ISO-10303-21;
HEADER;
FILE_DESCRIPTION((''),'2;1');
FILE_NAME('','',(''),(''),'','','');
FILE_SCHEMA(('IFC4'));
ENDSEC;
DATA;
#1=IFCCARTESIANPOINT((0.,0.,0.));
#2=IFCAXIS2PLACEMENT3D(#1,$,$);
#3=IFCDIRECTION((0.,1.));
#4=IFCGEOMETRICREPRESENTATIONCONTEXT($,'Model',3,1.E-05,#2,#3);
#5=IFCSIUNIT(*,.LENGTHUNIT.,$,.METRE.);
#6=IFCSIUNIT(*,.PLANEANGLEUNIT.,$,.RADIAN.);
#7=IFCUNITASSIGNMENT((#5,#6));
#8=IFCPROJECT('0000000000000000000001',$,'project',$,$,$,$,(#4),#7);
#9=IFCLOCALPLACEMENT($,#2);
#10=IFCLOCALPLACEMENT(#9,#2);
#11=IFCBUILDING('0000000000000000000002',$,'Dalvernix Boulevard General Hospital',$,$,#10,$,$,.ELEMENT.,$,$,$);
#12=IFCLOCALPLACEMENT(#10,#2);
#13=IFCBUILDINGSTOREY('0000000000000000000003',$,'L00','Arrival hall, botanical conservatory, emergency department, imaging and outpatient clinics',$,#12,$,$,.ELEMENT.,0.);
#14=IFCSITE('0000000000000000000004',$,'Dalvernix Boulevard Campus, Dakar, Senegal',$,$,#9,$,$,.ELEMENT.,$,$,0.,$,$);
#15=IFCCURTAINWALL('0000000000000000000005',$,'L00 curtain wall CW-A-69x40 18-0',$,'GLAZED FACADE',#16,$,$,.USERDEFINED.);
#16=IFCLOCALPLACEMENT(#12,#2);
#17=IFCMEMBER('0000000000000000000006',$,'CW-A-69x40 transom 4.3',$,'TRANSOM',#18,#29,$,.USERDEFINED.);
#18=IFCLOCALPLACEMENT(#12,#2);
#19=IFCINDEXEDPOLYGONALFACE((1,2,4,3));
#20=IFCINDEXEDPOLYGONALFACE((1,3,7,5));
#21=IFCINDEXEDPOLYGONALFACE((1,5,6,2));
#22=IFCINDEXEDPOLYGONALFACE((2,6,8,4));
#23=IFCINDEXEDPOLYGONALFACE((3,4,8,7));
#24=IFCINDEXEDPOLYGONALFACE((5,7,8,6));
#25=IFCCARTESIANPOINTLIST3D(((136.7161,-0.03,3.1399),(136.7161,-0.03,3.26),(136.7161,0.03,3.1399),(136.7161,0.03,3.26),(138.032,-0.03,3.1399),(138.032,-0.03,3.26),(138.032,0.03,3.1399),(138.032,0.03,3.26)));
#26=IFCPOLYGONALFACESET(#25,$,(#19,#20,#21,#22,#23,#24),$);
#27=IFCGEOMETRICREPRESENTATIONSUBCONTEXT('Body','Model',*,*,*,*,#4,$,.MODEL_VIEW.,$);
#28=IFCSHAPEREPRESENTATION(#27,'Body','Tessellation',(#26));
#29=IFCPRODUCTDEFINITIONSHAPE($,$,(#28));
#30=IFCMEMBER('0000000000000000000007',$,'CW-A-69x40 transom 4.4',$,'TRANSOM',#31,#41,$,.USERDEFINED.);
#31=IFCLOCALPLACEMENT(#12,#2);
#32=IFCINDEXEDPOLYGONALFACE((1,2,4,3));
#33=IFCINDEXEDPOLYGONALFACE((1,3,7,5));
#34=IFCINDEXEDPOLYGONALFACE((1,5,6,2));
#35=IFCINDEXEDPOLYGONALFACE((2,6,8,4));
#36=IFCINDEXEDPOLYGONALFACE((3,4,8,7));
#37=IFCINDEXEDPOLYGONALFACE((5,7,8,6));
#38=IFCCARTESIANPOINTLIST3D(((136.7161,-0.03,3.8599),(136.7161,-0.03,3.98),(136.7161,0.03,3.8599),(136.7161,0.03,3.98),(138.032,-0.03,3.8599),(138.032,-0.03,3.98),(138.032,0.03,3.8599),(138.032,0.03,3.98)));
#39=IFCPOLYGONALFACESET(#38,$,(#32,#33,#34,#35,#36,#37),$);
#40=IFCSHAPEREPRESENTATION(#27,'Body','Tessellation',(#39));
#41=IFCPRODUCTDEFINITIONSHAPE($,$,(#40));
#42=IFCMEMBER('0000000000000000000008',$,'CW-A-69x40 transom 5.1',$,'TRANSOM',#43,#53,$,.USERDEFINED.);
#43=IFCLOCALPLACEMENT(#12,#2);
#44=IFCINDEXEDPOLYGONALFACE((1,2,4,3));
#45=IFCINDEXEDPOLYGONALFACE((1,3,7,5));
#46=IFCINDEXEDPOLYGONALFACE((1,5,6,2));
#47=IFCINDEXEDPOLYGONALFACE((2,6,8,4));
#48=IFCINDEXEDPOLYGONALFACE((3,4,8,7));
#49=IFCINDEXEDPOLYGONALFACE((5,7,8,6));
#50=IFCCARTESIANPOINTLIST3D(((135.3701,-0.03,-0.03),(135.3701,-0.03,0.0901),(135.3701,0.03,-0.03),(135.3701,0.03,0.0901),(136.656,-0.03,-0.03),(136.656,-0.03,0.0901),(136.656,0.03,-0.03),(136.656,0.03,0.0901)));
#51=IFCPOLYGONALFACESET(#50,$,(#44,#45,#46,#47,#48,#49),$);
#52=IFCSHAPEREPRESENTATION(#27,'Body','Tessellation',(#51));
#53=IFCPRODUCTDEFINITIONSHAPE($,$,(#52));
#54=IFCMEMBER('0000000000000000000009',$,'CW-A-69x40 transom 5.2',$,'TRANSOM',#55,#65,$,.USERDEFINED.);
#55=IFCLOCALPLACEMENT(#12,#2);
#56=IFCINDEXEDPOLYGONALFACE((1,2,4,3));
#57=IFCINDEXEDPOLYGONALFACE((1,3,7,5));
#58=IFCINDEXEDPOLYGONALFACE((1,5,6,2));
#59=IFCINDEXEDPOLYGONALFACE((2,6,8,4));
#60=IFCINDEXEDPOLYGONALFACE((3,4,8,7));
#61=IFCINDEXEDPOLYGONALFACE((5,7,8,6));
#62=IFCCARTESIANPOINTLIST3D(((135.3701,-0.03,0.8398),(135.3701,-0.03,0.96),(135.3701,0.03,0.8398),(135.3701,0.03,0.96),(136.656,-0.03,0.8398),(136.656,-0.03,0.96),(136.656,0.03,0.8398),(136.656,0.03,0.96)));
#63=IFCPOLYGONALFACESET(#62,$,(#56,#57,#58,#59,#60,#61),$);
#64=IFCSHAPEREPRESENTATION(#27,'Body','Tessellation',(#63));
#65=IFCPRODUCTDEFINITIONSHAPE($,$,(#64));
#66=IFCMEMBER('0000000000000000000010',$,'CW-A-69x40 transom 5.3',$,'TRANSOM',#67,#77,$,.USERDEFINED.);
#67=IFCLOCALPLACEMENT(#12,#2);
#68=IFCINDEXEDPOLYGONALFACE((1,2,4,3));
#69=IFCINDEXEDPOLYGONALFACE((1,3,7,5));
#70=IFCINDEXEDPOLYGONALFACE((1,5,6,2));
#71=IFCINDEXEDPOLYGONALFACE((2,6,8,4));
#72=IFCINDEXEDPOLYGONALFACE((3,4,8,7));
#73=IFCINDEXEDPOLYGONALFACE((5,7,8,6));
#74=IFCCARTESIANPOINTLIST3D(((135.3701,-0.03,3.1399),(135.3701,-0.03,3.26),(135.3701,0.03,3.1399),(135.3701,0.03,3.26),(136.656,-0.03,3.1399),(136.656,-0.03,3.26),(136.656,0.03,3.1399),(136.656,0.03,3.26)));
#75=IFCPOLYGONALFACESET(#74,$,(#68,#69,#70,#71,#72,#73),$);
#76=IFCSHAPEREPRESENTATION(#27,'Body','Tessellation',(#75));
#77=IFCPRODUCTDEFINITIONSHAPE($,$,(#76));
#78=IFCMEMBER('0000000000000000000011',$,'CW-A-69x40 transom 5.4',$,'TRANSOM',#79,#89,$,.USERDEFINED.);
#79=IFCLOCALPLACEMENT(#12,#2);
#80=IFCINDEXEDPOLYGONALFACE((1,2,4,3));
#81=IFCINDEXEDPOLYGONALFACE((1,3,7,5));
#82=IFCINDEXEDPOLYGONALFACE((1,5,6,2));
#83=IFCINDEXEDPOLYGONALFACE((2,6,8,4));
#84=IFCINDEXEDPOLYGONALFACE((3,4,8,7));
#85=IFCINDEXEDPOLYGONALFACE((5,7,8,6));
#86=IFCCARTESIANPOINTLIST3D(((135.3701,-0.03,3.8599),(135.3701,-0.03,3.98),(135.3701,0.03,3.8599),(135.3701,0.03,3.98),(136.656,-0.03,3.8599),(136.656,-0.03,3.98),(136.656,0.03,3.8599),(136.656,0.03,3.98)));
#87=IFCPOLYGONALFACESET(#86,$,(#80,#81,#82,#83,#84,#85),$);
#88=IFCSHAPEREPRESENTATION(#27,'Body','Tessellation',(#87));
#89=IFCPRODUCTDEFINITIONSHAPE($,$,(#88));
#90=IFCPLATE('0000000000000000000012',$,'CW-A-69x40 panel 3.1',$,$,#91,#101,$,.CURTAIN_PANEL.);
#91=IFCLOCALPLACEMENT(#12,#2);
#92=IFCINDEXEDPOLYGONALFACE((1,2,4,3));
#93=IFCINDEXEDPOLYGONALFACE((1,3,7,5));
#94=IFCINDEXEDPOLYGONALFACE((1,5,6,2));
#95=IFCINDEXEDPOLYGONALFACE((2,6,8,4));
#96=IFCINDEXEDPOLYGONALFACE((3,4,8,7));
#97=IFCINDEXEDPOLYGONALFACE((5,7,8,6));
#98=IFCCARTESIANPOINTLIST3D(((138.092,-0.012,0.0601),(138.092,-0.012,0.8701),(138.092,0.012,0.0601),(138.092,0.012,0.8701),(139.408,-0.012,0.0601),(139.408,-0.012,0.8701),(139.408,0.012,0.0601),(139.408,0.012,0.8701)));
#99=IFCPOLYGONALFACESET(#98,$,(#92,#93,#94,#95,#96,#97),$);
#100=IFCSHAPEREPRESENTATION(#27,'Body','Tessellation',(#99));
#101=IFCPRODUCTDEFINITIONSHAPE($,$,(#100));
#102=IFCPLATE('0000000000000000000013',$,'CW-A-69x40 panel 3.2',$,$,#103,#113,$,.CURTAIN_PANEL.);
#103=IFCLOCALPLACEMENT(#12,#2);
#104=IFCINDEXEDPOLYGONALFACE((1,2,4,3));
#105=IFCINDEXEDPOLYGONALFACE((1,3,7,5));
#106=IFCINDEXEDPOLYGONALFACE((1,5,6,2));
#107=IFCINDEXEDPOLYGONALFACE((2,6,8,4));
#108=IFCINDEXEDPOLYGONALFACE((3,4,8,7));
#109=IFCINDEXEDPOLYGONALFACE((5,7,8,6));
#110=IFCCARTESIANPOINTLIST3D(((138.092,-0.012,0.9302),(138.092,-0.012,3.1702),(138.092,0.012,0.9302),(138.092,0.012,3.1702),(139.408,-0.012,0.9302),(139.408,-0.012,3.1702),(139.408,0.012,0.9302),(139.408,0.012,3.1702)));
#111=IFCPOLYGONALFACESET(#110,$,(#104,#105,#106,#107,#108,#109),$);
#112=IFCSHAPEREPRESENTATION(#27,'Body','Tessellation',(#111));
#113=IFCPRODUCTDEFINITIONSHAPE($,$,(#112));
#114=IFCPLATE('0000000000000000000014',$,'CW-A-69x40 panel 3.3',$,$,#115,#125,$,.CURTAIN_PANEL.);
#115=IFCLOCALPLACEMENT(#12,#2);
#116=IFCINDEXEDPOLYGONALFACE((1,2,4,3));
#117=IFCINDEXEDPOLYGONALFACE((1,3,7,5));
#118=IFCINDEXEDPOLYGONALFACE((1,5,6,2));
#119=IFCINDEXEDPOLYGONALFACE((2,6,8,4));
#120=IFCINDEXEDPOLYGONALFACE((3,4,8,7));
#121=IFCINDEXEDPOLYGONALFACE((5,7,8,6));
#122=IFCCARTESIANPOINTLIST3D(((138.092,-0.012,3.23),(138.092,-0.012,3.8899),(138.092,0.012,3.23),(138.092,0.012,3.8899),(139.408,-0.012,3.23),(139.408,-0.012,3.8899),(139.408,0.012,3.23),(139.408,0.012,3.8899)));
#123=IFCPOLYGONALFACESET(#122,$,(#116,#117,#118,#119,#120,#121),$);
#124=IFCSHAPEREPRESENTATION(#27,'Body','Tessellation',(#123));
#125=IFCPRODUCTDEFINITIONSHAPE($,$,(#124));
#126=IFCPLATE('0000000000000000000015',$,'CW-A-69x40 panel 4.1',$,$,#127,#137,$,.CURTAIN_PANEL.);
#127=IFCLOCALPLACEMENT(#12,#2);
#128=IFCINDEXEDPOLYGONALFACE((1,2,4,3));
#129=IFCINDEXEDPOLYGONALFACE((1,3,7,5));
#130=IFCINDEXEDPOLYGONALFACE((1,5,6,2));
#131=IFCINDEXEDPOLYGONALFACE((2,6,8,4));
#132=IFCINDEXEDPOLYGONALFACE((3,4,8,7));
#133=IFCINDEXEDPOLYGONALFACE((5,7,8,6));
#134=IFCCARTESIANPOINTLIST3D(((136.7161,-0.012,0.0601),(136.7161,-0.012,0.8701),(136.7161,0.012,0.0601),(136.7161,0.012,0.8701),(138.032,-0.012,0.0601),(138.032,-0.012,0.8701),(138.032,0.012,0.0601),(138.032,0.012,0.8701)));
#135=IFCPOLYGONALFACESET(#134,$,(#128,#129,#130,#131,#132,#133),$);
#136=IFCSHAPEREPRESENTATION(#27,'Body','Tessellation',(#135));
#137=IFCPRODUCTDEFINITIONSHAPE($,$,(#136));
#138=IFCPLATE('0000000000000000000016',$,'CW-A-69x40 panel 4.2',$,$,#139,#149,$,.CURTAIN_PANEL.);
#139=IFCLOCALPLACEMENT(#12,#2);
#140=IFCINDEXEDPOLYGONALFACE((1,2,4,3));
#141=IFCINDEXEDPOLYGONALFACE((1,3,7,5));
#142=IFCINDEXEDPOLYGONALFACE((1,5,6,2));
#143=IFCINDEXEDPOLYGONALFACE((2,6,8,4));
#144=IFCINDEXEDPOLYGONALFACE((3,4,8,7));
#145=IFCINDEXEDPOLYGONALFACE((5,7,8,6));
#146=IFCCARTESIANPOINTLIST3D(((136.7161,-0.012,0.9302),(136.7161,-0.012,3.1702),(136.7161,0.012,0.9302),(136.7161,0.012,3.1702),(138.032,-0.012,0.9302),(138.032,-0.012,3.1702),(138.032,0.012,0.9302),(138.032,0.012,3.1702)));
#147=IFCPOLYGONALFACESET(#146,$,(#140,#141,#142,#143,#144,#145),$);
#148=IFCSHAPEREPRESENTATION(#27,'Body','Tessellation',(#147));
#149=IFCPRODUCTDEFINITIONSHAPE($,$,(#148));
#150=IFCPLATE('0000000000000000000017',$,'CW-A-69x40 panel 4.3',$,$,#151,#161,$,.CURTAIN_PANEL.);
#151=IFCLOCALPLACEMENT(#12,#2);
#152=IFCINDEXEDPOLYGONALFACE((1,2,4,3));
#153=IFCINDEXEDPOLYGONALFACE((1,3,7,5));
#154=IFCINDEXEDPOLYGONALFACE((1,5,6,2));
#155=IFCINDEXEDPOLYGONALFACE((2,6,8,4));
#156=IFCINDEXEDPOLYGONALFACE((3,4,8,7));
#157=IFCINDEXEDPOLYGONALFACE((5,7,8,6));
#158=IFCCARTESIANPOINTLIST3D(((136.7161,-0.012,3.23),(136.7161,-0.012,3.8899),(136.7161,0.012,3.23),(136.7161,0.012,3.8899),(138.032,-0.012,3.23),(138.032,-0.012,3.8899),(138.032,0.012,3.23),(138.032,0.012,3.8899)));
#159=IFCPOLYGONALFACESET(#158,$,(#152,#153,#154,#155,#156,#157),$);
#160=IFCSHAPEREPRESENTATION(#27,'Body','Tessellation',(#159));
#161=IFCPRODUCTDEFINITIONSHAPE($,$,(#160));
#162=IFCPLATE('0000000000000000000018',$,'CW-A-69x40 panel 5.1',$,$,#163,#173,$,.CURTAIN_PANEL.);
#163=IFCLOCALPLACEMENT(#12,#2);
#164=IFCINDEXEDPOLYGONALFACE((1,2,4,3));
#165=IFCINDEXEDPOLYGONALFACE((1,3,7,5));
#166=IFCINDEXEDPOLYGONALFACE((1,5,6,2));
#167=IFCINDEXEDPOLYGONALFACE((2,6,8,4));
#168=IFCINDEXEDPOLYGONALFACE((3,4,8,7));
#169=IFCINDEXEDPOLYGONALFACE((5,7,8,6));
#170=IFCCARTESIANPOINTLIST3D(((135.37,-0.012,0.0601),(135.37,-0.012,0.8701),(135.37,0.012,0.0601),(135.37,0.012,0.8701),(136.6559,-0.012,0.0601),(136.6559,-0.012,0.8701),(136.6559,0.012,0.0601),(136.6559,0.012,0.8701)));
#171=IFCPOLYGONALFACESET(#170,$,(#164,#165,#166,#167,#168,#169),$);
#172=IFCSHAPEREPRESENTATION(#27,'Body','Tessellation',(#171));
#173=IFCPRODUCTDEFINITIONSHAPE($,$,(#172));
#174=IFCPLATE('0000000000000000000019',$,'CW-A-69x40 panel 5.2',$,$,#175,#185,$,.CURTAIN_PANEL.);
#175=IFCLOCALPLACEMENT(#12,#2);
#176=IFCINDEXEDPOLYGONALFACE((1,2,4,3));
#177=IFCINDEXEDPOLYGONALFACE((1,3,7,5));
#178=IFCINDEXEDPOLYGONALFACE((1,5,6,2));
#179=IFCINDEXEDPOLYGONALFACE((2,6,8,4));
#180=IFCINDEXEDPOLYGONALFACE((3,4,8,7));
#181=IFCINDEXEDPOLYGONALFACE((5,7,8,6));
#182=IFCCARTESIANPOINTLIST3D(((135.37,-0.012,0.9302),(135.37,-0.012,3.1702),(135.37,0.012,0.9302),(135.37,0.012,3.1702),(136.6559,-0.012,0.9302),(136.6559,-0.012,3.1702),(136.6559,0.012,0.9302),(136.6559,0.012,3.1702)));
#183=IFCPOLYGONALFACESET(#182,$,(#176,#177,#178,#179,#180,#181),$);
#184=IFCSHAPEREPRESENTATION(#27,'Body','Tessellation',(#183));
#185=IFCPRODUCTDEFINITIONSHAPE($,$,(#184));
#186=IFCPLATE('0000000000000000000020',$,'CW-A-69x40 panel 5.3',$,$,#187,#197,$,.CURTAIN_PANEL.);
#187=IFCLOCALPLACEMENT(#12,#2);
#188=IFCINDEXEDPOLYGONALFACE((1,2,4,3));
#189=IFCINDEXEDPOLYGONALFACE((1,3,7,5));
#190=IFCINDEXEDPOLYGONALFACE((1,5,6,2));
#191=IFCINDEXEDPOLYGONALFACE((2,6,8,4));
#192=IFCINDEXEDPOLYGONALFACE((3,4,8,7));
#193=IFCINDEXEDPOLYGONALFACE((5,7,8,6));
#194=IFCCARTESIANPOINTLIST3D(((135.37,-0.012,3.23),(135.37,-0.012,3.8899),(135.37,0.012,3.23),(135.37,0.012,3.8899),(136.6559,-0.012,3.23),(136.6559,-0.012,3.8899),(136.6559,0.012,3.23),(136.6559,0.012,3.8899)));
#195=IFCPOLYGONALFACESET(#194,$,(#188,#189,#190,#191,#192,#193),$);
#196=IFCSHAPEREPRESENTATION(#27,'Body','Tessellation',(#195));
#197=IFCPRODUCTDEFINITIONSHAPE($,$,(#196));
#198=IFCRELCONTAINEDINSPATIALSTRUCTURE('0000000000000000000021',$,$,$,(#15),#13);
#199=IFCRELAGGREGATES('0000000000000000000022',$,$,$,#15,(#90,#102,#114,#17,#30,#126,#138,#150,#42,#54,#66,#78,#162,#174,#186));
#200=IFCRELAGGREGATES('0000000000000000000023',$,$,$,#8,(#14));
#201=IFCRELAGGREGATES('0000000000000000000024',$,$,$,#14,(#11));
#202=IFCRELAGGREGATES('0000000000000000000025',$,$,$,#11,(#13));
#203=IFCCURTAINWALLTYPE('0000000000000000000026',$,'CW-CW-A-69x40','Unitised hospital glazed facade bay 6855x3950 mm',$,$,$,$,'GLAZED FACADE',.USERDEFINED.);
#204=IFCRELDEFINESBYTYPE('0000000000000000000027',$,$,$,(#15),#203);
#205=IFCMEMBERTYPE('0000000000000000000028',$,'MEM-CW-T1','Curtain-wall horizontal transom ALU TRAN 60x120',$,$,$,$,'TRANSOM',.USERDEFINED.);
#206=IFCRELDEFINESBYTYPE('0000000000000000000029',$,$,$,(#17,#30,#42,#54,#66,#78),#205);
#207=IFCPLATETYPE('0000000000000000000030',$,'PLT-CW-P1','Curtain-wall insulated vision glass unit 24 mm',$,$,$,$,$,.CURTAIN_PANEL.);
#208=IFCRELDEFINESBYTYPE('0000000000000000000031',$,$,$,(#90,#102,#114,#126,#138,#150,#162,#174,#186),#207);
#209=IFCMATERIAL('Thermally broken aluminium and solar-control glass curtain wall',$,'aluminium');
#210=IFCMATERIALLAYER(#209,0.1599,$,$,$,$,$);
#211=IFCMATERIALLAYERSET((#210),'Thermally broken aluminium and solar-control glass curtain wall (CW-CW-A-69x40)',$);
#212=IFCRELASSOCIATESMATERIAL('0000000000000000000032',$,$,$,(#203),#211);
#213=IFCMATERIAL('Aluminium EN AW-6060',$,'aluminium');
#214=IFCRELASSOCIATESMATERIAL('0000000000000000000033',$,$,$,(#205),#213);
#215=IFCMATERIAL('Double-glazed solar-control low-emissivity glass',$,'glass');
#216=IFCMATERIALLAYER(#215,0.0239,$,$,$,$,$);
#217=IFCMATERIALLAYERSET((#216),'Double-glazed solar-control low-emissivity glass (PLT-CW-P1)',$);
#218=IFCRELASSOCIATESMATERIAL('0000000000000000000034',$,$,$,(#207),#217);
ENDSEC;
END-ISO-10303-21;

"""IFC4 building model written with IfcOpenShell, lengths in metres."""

from ifc_helpers import new_model, si_unit, direction, frame, origin, origin_2d, place, context, subcontext, project, spatial, rectangle, extrude, material, layer, layer_set, material_profile, profile_set, type_object, element, aggregate, save


model = new_model("IFC4")

# Units and contexts
model_context = context("Model", 3, precision=1e-05, world=origin(), true_north=direction((0.0, 1.0)))
body_context = subcontext(model_context, "Body", "Model", "MODEL_VIEW")
ifc_project = project(units=[si_unit("LENGTHUNIT", "METRE"), si_unit("PLANEANGLEUNIT", "RADIAN")], contexts=[model_context])

# Site, building, storey
site_placement = place(None, origin())
site = spatial("IfcSite", under=ifc_project, at=site_placement, Name="Dalvernix Boulevard Campus, Dakar, Senegal", CompositionType="ELEMENT", RefElevation=0.0)
building_placement = place(site_placement, origin())
building = spatial("IfcBuilding", under=site, at=building_placement, Name="Dalvernix Boulevard General Hospital", CompositionType="ELEMENT")
storey_placement = place(building_placement, origin())
storey = spatial("IfcBuildingStorey", under=building, at=storey_placement, Name="L00", Description="Arrival hall, botanical conservatory, emergency department, imaging and outpatient clinics", CompositionType="ELEMENT", Elevation=0.0)

# Curtain wall, members, plates
ifc_material_1 = material(Name="Thermally broken aluminium and solar-control glass curtain wall", Category="aluminium")
ifc_layer_1 = layer(ifc_material_1, 0.1599)
ifc_layer_set_1 = layer_set([ifc_layer_1], Name="Thermally broken aluminium and solar-control glass curtain wall (CW-CW-A-69x40)")
curtain_wall_type = type_object("IfcCurtainWallType", Name="CW-CW-A-69x40", Description="Unitised hospital glazed facade bay 6855x3950 mm", ElementType="GLAZED FACADE", PredefinedType="USERDEFINED", material=ifc_layer_set_1)
curtain_wall_placement = place(storey_placement, origin())
curtain_wall = element("IfcCurtainWall", 1, at=curtain_wall_placement, inside=storey, type_object=curtain_wall_type, Name="L00 curtain wall CW-A-69x40 18-0", ObjectType="GLAZED FACADE", PredefinedType="USERDEFINED")
ifc_material_2 = material(Name="Aluminium EN AW-6060", Category="aluminium")
ifc_material_profile_1 = material_profile(ifc_material_2, rectangle(XDim=0.0601, YDim=0.1201, at=origin_2d()), Name="ALU TRAN 60x120")
ifc_profile_set_1 = profile_set([ifc_material_profile_1], Name="Aluminium EN AW-6060")
member_type_1 = type_object("IfcMemberType", Name="MEM-CW-T1", Description="Curtain-wall horizontal transom ALU TRAN 60x120", ElementType="TRANSOM", PredefinedType="USERDEFINED", material=ifc_profile_set_1)
member_1_placement = place(storey_placement, frame((138.032, 0.0, 3.2), z_axis=(-1.0, 0.0, 0.0), x_axis=(0.0, -1.0, 0.0)))
member_1 = element("IfcMember", 2, at=member_1_placement, type_object=member_type_1, Name="CW-A-69x40 transom 4.3", ObjectType="TRANSOM", PredefinedType="USERDEFINED", context=body_context, shape_type="SweptSolid", body=[
    extrude(rectangle(XDim=0.0601, YDim=0.1201, at=origin_2d()), origin(), (0.0, 0.0, 1.0), 1.3159),
])
member_2_placement = place(storey_placement, frame((138.032, 0.0, 3.9199), z_axis=(-1.0, 0.0, 0.0), x_axis=(0.0, -1.0, 0.0)))
member_2 = element("IfcMember", 3, at=member_2_placement, type_object=member_type_1, Name="CW-A-69x40 transom 4.4", ObjectType="TRANSOM", PredefinedType="USERDEFINED", context=body_context, shape_type="SweptSolid", body=[
    extrude(rectangle(XDim=0.0601, YDim=0.1201, at=origin_2d()), origin(), (0.0, 0.0, 1.0), 1.3159),
])
member_3_placement = place(storey_placement, frame((136.656, 0.0, 0.03), z_axis=(-1.0, 0.0, 0.0), x_axis=(0.0, -1.0, 0.0)))
member_3 = element("IfcMember", 4, at=member_3_placement, type_object=member_type_1, Name="CW-A-69x40 transom 5.1", ObjectType="TRANSOM", PredefinedType="USERDEFINED", context=body_context, shape_type="SweptSolid", body=[
    extrude(rectangle(XDim=0.0601, YDim=0.1201, at=origin_2d()), origin(), (0.0, 0.0, 1.0), 1.2859),
])
member_4_placement = place(storey_placement, frame((136.656, 0.0, 0.8999), z_axis=(-1.0, 0.0, 0.0), x_axis=(0.0, -1.0, 0.0)))
member_4 = element("IfcMember", 5, at=member_4_placement, type_object=member_type_1, Name="CW-A-69x40 transom 5.2", ObjectType="TRANSOM", PredefinedType="USERDEFINED", context=body_context, shape_type="SweptSolid", body=[
    extrude(rectangle(XDim=0.0601, YDim=0.1201, at=origin_2d()), origin(), (0.0, 0.0, 1.0), 1.2859),
])
member_5_placement = place(storey_placement, frame((136.656, 0.0, 3.2), z_axis=(-1.0, 0.0, 0.0), x_axis=(0.0, -1.0, 0.0)))
member_5 = element("IfcMember", 6, at=member_5_placement, type_object=member_type_1, Name="CW-A-69x40 transom 5.3", ObjectType="TRANSOM", PredefinedType="USERDEFINED", context=body_context, shape_type="SweptSolid", body=[
    extrude(rectangle(XDim=0.0601, YDim=0.1201, at=origin_2d()), origin(), (0.0, 0.0, 1.0), 1.2859),
])
member_6_placement = place(storey_placement, frame((136.656, 0.0, 3.9199), z_axis=(-1.0, 0.0, 0.0), x_axis=(0.0, -1.0, 0.0)))
member_6 = element("IfcMember", 7, at=member_6_placement, type_object=member_type_1, Name="CW-A-69x40 transom 5.4", ObjectType="TRANSOM", PredefinedType="USERDEFINED", context=body_context, shape_type="SweptSolid", body=[
    extrude(rectangle(XDim=0.0601, YDim=0.1201, at=origin_2d()), origin(), (0.0, 0.0, 1.0), 1.2859),
])
ifc_material_3 = material(Name="Double-glazed solar-control low-emissivity glass", Category="glass")
ifc_layer_2 = layer(ifc_material_3, 0.0239)
ifc_layer_set_2 = layer_set([ifc_layer_2], Name="Double-glazed solar-control low-emissivity glass (PLT-CW-P1)")
plate_type = type_object("IfcPlateType", Name="PLT-CW-P1", Description="Curtain-wall insulated vision glass unit 24 mm", PredefinedType="CURTAIN_PANEL", material=ifc_layer_set_2)
plate_1_placement = place(storey_placement, frame((138.75, 0.0, 0.0601), z_axis=(0.0, 0.0, 1.0), x_axis=(-1.0, 0.0, 0.0)))
plate_1 = element("IfcPlate", 8, at=plate_1_placement, type_object=plate_type, Name="CW-A-69x40 panel 3.1", PredefinedType="CURTAIN_PANEL", context=body_context, shape_type="SweptSolid", body=[
    extrude(rectangle(XDim=1.3159, YDim=0.0239, at=origin_2d()), origin(), (0.0, 0.0, 1.0), 0.8101),
])
plate_2_placement = place(storey_placement, frame((138.75, 0.0, 0.9302), z_axis=(0.0, 0.0, 1.0), x_axis=(-1.0, 0.0, 0.0)))
plate_2 = element("IfcPlate", 9, at=plate_2_placement, type_object=plate_type, Name="CW-A-69x40 panel 3.2", PredefinedType="CURTAIN_PANEL", context=body_context, shape_type="SweptSolid", body=[
    extrude(rectangle(XDim=1.3159, YDim=0.0239, at=origin_2d()), origin(), (0.0, 0.0, 1.0), 2.24),
])
plate_3_placement = place(storey_placement, frame((138.75, 0.0, 3.23), z_axis=(0.0, 0.0, 1.0), x_axis=(-1.0, 0.0, 0.0)))
plate_3 = element("IfcPlate", 10, at=plate_3_placement, type_object=plate_type, Name="CW-A-69x40 panel 3.3", PredefinedType="CURTAIN_PANEL", context=body_context, shape_type="SweptSolid", body=[
    extrude(rectangle(XDim=1.3159, YDim=0.0239, at=origin_2d()), origin(), (0.0, 0.0, 1.0), 0.6599),
])
plate_4_placement = place(storey_placement, frame((137.374, 0.0, 0.0601), z_axis=(0.0, 0.0, 1.0), x_axis=(-1.0, 0.0, 0.0)))
plate_4 = element("IfcPlate", 11, at=plate_4_placement, type_object=plate_type, Name="CW-A-69x40 panel 4.1", PredefinedType="CURTAIN_PANEL", context=body_context, shape_type="SweptSolid", body=[
    extrude(rectangle(XDim=1.3159, YDim=0.0239, at=origin_2d()), origin(), (0.0, 0.0, 1.0), 0.8101),
])
plate_5_placement = place(storey_placement, frame((137.374, 0.0, 0.9302), z_axis=(0.0, 0.0, 1.0), x_axis=(-1.0, 0.0, 0.0)))
plate_5 = element("IfcPlate", 12, at=plate_5_placement, type_object=plate_type, Name="CW-A-69x40 panel 4.2", PredefinedType="CURTAIN_PANEL", context=body_context, shape_type="SweptSolid", body=[
    extrude(rectangle(XDim=1.3159, YDim=0.0239, at=origin_2d()), origin(), (0.0, 0.0, 1.0), 2.24),
])
plate_6_placement = place(storey_placement, frame((137.374, 0.0, 3.23), z_axis=(0.0, 0.0, 1.0), x_axis=(-1.0, 0.0, 0.0)))
plate_6 = element("IfcPlate", 13, at=plate_6_placement, type_object=plate_type, Name="CW-A-69x40 panel 4.3", PredefinedType="CURTAIN_PANEL", context=body_context, shape_type="SweptSolid", body=[
    extrude(rectangle(XDim=1.3159, YDim=0.0239, at=origin_2d()), origin(), (0.0, 0.0, 1.0), 0.6599),
])
plate_7_placement = place(storey_placement, frame((136.0129, 0.0, 0.0601), z_axis=(0.0, 0.0, 1.0), x_axis=(-1.0, 0.0, 0.0)))
plate_7 = element("IfcPlate", 14, at=plate_7_placement, type_object=plate_type, Name="CW-A-69x40 panel 5.1", PredefinedType="CURTAIN_PANEL", context=body_context, shape_type="SweptSolid", body=[
    extrude(rectangle(XDim=1.2859, YDim=0.0239, at=origin_2d()), origin(), (0.0, 0.0, 1.0), 0.8101),
])
plate_8_placement = place(storey_placement, frame((136.0129, 0.0, 0.9302), z_axis=(0.0, 0.0, 1.0), x_axis=(-1.0, 0.0, 0.0)))
plate_8 = element("IfcPlate", 15, at=plate_8_placement, type_object=plate_type, Name="CW-A-69x40 panel 5.2", PredefinedType="CURTAIN_PANEL", context=body_context, shape_type="SweptSolid", body=[
    extrude(rectangle(XDim=1.2859, YDim=0.0239, at=origin_2d()), origin(), (0.0, 0.0, 1.0), 2.24),
])
plate_9_placement = place(storey_placement, frame((136.0129, 0.0, 3.23), z_axis=(0.0, 0.0, 1.0), x_axis=(-1.0, 0.0, 0.0)))
plate_9 = element("IfcPlate", 16, at=plate_9_placement, type_object=plate_type, Name="CW-A-69x40 panel 5.3", PredefinedType="CURTAIN_PANEL", context=body_context, shape_type="SweptSolid", body=[
    extrude(rectangle(XDim=1.2859, YDim=0.0239, at=origin_2d()), origin(), (0.0, 0.0, 1.0), 0.6599),
])
aggregate(curtain_wall, [plate_1, plate_2, plate_3, member_1, member_2, plate_4, plate_5, plate_6, member_3, member_4, member_5, member_6, plate_7, plate_8, plate_9])

save(model, "model.ifc")
